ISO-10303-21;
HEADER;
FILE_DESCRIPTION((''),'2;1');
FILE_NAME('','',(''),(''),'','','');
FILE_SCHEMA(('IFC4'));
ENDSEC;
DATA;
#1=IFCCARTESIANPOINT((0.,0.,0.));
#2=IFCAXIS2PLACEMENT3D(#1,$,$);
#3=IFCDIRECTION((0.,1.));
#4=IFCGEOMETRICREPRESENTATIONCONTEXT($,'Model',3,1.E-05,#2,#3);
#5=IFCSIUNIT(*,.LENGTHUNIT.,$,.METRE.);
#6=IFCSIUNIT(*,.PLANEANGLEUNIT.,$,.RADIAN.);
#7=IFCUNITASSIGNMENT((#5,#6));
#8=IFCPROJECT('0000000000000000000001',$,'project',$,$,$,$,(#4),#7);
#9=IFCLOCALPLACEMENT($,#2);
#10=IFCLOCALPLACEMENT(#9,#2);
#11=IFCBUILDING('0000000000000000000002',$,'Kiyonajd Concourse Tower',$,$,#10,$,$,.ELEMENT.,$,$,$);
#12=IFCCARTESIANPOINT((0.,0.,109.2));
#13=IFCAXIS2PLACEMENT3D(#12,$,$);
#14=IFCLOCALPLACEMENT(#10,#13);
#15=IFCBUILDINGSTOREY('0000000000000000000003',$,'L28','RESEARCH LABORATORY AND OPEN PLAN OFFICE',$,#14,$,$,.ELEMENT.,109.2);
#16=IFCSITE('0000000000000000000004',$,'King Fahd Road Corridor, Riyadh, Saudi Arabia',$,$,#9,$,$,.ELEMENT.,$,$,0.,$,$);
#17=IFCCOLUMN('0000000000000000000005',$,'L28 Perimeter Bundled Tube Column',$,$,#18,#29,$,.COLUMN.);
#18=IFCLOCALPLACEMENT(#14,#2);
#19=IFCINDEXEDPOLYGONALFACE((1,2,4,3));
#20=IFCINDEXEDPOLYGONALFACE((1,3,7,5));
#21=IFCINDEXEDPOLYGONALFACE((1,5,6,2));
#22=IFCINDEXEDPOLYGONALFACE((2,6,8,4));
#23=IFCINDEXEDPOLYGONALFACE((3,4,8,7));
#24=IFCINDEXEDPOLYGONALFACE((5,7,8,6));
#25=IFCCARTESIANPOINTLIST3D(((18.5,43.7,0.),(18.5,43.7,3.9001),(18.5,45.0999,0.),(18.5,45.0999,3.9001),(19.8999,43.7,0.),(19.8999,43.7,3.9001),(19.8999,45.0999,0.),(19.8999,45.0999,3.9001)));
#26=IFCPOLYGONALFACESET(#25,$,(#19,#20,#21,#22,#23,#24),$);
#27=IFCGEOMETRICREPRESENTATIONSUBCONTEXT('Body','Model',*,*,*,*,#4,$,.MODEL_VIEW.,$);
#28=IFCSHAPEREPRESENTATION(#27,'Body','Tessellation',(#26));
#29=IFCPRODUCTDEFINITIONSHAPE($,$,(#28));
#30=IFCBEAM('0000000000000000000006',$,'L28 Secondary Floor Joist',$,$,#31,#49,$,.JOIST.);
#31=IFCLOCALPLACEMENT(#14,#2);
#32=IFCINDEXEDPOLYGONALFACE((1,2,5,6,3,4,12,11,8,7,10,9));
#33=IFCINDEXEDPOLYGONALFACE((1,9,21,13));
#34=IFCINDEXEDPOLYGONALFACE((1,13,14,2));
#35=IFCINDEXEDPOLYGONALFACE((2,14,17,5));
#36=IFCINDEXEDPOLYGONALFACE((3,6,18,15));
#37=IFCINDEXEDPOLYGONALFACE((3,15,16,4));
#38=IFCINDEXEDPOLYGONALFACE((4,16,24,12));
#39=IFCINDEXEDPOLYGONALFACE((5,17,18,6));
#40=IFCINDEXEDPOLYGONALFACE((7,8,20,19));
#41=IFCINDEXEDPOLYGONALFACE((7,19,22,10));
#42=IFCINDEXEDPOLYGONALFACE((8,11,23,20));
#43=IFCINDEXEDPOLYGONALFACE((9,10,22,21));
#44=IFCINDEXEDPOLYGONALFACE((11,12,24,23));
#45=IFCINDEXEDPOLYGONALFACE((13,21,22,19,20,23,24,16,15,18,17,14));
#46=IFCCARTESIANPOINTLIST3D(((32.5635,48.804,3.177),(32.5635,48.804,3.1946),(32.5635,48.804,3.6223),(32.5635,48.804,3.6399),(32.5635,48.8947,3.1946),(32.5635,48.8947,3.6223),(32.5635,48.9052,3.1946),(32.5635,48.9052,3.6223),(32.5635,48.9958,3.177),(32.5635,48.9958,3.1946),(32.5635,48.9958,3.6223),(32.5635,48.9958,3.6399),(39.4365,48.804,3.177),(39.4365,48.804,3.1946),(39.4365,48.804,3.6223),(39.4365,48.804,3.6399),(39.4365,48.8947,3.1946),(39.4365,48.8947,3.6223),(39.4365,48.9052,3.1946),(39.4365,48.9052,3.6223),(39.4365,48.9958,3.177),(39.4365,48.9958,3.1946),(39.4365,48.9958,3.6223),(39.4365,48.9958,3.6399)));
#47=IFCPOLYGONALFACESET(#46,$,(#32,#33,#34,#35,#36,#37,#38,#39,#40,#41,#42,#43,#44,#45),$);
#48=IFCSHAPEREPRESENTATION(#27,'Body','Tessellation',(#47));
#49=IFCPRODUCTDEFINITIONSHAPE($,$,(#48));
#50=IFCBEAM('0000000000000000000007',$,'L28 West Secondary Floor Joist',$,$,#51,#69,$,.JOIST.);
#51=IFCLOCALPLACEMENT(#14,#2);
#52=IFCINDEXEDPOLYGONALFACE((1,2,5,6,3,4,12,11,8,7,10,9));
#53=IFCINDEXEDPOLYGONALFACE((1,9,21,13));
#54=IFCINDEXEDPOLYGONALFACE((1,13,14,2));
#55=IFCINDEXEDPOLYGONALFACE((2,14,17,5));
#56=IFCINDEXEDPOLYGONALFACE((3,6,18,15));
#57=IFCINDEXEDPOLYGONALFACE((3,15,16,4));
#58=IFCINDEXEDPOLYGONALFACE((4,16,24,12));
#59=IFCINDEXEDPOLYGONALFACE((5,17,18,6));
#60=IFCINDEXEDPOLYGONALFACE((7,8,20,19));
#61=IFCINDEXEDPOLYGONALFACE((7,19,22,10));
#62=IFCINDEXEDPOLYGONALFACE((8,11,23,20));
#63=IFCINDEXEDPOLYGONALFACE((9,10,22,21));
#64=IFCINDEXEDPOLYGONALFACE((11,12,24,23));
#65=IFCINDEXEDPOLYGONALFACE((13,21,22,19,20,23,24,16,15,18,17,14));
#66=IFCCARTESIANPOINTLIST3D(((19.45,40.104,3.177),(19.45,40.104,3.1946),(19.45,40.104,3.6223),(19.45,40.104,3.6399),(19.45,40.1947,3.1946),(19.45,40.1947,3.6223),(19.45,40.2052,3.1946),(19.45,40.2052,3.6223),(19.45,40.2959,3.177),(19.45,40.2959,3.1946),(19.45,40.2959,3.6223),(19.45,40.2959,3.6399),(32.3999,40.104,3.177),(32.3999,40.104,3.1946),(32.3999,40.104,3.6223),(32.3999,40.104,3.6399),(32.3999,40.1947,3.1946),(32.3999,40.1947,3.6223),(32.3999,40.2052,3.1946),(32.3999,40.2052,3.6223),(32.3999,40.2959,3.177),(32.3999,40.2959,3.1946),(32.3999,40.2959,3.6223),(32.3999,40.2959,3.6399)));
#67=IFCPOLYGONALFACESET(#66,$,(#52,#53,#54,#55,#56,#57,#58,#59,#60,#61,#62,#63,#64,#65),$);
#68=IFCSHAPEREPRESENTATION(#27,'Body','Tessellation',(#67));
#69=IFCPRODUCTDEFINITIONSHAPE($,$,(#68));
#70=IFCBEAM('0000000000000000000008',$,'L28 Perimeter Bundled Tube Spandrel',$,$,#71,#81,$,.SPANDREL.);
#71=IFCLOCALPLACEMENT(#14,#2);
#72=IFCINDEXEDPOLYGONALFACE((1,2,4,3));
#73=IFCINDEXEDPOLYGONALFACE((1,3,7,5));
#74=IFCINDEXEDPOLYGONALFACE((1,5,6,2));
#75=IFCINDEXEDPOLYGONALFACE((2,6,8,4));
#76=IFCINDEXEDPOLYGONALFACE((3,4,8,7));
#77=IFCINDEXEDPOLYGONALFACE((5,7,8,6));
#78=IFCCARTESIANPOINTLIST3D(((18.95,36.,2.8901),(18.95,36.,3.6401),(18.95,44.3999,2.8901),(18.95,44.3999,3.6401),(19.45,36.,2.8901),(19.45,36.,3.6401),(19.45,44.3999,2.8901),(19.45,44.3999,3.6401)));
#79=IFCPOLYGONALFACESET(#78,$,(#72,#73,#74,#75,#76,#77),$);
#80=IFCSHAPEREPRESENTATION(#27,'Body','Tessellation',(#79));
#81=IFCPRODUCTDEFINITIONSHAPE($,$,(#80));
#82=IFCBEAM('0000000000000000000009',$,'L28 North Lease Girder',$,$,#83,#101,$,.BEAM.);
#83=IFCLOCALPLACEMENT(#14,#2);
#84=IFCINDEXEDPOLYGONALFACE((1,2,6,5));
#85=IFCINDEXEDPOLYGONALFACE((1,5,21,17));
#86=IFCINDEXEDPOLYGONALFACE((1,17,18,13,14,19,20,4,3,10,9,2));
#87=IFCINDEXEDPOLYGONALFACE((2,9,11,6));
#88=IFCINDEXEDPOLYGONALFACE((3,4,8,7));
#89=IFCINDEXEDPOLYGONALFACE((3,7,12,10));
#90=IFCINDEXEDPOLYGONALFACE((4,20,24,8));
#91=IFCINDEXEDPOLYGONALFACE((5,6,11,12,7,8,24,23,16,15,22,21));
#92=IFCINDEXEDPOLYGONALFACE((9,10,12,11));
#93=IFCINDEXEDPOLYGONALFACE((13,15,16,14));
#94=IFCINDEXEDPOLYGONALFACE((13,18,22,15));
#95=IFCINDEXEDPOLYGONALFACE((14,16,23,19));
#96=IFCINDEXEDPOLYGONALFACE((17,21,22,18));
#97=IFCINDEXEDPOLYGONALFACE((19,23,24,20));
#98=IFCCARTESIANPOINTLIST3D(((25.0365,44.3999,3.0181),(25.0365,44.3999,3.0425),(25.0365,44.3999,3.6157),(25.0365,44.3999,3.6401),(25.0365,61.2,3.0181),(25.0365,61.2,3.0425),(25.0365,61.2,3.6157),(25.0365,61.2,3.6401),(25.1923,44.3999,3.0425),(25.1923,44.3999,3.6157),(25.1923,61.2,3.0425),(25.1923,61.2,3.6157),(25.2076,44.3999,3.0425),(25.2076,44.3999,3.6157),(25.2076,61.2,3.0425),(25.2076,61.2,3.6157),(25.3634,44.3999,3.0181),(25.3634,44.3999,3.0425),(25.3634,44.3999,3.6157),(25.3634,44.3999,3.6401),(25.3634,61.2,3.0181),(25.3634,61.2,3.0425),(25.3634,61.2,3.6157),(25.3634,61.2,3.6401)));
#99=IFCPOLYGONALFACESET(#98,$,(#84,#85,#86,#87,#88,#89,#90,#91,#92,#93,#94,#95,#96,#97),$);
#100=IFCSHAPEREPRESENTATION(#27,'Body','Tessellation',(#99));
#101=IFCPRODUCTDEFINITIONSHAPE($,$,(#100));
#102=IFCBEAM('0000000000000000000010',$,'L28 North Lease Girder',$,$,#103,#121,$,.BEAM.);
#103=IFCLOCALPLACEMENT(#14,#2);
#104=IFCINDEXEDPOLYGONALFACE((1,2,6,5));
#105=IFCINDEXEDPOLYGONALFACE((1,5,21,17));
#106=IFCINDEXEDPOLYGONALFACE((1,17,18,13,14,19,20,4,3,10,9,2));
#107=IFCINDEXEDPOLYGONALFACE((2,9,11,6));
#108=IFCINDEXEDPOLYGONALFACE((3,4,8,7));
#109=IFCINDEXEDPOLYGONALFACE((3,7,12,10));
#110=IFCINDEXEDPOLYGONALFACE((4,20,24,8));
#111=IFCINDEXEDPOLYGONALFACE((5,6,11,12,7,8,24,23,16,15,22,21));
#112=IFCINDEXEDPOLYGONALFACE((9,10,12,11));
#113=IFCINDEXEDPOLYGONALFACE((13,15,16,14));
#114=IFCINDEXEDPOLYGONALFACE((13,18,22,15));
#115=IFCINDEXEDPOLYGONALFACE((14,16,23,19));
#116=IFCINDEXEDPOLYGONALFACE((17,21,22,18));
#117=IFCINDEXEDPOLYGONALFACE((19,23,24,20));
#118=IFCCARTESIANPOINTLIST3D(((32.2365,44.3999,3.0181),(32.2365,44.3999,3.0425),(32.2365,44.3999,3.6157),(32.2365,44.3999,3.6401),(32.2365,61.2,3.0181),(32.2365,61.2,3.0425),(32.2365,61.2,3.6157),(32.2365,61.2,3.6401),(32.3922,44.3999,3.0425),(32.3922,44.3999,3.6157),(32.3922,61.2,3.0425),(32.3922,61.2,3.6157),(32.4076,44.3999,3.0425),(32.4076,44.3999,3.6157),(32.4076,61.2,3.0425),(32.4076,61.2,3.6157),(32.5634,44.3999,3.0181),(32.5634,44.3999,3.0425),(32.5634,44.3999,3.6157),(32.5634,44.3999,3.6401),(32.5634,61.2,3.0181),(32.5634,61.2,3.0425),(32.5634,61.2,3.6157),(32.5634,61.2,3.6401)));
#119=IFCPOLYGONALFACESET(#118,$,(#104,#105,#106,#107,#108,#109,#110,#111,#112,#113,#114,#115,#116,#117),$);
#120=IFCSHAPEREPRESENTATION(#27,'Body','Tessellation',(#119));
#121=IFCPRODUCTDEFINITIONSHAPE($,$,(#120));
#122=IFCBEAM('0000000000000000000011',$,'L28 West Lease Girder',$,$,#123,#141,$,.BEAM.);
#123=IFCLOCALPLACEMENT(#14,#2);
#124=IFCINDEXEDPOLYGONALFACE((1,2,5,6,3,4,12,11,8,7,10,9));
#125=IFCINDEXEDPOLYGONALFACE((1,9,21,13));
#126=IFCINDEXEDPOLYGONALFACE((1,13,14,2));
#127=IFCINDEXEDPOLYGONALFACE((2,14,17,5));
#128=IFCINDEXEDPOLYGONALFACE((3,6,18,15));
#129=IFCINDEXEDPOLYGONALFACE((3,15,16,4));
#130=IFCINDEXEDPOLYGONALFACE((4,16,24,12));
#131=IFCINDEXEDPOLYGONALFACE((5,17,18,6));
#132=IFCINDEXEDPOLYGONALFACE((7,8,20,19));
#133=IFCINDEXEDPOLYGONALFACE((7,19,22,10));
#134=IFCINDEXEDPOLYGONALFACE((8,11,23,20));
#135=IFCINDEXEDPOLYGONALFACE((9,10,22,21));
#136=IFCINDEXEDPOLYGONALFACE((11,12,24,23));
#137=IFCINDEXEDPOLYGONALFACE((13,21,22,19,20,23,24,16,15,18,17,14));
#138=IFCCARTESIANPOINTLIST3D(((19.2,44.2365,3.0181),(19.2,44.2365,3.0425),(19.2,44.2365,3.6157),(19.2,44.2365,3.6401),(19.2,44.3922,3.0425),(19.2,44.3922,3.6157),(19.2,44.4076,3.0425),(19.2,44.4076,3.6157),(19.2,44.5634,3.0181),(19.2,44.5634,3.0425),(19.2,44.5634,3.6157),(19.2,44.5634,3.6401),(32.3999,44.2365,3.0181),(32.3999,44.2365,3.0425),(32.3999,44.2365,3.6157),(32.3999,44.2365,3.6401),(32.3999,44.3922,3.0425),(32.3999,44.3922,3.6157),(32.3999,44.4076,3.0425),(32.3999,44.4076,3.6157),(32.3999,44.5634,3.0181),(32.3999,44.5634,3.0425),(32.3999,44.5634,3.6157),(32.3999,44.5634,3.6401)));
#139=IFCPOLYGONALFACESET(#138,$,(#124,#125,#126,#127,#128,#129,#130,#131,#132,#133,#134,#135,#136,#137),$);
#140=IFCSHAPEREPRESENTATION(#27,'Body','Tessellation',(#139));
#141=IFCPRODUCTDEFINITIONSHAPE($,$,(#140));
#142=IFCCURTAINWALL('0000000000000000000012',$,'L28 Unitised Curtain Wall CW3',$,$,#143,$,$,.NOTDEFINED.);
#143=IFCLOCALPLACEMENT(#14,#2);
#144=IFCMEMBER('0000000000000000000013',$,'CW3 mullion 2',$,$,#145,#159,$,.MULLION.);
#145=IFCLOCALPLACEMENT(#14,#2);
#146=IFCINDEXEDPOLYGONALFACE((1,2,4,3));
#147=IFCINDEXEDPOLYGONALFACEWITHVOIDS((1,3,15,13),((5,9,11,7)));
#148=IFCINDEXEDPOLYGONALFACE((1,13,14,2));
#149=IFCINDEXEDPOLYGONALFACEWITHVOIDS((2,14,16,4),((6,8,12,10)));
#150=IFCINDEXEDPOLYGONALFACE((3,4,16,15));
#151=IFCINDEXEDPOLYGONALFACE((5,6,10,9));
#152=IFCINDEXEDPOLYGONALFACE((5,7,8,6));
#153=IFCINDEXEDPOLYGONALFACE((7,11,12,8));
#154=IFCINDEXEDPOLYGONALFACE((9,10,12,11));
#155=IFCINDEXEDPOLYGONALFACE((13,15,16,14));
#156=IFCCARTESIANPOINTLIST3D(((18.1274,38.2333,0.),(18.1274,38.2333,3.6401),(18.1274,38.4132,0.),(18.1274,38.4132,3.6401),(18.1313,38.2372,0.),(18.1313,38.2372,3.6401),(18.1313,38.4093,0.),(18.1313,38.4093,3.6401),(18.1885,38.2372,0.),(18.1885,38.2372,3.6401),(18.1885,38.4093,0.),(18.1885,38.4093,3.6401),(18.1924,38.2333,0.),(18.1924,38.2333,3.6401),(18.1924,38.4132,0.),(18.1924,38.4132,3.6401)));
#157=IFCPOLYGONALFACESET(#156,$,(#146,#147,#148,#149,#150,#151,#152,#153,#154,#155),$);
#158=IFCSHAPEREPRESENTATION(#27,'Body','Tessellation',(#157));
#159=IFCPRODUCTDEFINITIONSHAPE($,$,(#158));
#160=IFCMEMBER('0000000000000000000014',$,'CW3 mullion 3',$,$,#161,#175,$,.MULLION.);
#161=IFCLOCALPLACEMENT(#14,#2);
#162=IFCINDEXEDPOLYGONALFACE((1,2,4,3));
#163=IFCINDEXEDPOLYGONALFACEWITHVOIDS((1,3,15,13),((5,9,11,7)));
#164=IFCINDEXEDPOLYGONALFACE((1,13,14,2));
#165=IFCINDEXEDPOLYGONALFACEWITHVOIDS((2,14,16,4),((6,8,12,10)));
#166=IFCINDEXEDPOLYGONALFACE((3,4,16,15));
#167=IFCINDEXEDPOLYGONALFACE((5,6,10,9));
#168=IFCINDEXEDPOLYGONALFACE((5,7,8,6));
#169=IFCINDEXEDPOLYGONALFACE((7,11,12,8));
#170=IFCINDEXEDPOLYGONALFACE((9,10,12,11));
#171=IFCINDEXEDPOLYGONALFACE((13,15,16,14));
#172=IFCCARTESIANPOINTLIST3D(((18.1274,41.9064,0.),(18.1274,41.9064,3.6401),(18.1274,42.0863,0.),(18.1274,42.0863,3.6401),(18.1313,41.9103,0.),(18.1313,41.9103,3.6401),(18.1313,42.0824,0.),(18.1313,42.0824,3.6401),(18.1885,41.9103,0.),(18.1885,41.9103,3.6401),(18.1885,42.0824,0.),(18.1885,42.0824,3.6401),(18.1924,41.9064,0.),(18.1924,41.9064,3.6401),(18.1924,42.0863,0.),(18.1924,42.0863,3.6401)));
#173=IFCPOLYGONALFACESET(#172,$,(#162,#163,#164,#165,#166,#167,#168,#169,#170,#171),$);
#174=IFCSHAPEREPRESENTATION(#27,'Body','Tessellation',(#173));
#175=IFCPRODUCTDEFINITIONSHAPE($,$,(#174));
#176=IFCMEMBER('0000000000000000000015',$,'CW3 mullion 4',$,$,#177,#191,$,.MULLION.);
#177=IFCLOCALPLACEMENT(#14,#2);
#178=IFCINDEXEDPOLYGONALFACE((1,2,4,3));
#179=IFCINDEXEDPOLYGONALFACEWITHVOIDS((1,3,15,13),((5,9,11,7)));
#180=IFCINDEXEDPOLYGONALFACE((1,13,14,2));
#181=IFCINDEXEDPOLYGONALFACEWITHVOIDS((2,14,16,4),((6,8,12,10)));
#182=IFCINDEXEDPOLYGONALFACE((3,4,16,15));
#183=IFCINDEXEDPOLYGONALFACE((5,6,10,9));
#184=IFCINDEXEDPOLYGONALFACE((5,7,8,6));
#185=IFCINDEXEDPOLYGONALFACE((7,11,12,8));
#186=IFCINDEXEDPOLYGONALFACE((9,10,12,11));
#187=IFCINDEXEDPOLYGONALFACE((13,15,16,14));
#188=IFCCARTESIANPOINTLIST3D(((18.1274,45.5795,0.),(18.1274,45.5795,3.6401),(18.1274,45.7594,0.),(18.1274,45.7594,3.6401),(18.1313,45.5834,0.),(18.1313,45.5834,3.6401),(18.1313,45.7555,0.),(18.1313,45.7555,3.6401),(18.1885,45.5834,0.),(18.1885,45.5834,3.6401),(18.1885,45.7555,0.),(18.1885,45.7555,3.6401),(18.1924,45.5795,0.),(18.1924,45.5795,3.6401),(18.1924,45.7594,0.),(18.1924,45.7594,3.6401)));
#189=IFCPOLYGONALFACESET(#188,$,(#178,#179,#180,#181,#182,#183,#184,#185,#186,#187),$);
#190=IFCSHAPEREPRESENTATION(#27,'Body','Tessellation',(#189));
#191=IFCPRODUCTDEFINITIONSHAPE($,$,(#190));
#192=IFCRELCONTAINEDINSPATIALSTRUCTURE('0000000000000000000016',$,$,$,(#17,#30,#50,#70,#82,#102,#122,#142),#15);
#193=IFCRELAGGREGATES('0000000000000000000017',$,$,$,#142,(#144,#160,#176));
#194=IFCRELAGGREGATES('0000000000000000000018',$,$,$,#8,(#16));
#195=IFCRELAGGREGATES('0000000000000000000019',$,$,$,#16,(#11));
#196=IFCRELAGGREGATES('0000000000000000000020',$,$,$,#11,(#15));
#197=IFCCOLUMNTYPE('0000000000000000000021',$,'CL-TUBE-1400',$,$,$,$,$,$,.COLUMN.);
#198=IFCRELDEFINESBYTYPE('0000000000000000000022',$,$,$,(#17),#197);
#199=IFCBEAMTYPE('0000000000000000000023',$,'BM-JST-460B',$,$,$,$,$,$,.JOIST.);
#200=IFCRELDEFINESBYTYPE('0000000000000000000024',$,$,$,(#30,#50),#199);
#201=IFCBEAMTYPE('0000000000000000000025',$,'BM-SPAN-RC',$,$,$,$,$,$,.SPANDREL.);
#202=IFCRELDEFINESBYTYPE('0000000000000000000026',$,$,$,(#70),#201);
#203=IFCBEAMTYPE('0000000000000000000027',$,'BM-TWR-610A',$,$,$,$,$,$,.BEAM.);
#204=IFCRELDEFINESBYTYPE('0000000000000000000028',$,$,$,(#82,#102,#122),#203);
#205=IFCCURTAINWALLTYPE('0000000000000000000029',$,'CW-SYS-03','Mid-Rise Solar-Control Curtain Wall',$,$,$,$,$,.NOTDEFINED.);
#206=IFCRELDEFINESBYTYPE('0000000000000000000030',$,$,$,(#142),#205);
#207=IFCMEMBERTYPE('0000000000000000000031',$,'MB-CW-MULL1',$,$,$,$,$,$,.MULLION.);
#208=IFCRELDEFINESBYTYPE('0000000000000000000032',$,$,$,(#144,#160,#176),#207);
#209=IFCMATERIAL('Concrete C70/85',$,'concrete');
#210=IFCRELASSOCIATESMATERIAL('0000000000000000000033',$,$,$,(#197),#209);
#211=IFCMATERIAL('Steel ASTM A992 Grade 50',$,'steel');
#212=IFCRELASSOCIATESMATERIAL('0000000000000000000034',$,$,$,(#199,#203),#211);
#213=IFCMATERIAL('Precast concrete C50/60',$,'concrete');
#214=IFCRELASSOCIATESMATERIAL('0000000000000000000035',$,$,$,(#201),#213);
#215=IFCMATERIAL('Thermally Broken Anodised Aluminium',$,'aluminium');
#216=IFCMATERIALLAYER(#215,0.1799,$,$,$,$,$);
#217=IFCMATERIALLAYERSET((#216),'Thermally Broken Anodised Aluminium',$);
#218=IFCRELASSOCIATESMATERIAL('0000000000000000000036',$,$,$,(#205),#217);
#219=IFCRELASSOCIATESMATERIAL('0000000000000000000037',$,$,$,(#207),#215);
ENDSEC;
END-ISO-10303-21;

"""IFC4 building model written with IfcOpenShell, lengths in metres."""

from ifc_helpers import new_model, si_unit, direction, frame, origin, origin_2d, place, context, subcontext, project, spatial, rectangle, hollow_rectangle, i_section, extrude, material, layer, layer_set, material_profile, profile_set, type_object, element, aggregate, save


model = new_model("IFC4")

# Units and contexts
model_context = context("Model", 3, precision=1e-05, world=origin(), true_north=direction((0.0, 1.0)))
body_context = subcontext(model_context, "Body", "Model", "MODEL_VIEW")
ifc_project = project(units=[si_unit("LENGTHUNIT", "METRE"), si_unit("PLANEANGLEUNIT", "RADIAN")], contexts=[model_context])

# Site, building, storey
site_placement = place(None, origin())
site = spatial("IfcSite", under=ifc_project, at=site_placement, Name="King Fahd Road Corridor, Riyadh, Saudi Arabia", CompositionType="ELEMENT", RefElevation=0.0)
building_placement = place(site_placement, origin())
building = spatial("IfcBuilding", under=site, at=building_placement, Name="Kiyonajd Concourse Tower", CompositionType="ELEMENT")
storey_placement = place(building_placement, frame((0.0, 0.0, 109.2)))
storey = spatial("IfcBuildingStorey", under=building, at=storey_placement, Name="L28", Description="RESEARCH LABORATORY AND OPEN PLAN OFFICE", CompositionType="ELEMENT", Elevation=109.2)

# Column
ifc_material_1 = material(Name="Concrete C70/85", Category="concrete")
ifc_material_profile_1 = material_profile(ifc_material_1, rectangle(XDim=1.3999, YDim=1.3999, at=origin_2d()), Name="RC-1400x1400")
ifc_profile_set_1 = profile_set([ifc_material_profile_1], Name="Concrete C70/85")
column_type = type_object("IfcColumnType", Name="CL-TUBE-1400", PredefinedType="COLUMN", material=ifc_profile_set_1)
column_placement = place(storey_placement, frame((19.2, 44.3999, 0.0), z_axis=(0.0, 0.0, 1.0), x_axis=(1.0, 0.0, 0.0)))
element("IfcColumn", 1, at=column_placement, inside=storey, type_object=column_type, Name="L28 Perimeter Bundled Tube Column", PredefinedType="COLUMN", context=body_context, shape_type="SweptSolid", body=[
    extrude(rectangle(XDim=1.3999, YDim=1.3999, at=origin_2d()), origin(), (0.0, 0.0, 1.0), 3.9001),
])

# Beams
ifc_material_2 = material(Name="Steel ASTM A992 Grade 50", Category="steel")
ifc_material_profile_2 = material_profile(ifc_material_2, i_section(OverallWidth=0.1919, OverallDepth=0.4629, WebThickness=0.0105, FlangeThickness=0.0176, at=origin_2d()), Name="W460X89")
ifc_profile_set_2 = profile_set([ifc_material_profile_2], Name="Steel ASTM A992 Grade 50")
beam_type_1 = type_object("IfcBeamType", Name="BM-JST-460B", PredefinedType="JOIST", material=ifc_profile_set_2)
beam_1_placement = place(storey_placement, frame((32.5635, 48.8999, 3.4084), z_axis=(1.0, 0.0, 0.0), x_axis=(0.0, 1.0, 0.0)))
element("IfcBeam", 2, at=beam_1_placement, inside=storey, type_object=beam_type_1, Name="L28 Secondary Floor Joist", PredefinedType="JOIST", context=body_context, shape_type="SweptSolid", body=[
    extrude(i_section(OverallWidth=0.1919, OverallDepth=0.4629, WebThickness=0.0105, FlangeThickness=0.0176, at=origin_2d()), origin(), (0.0, 0.0, 1.0), 6.873),
])
beam_2_placement = place(storey_placement, frame((19.45, 40.2, 3.4084), z_axis=(1.0, 0.0, 0.0), x_axis=(0.0, 1.0, 0.0)))
element("IfcBeam", 3, at=beam_2_placement, inside=storey, type_object=beam_type_1, Name="L28 West Secondary Floor Joist", PredefinedType="JOIST", context=body_context, shape_type="SweptSolid", body=[
    extrude(i_section(OverallWidth=0.1919, OverallDepth=0.4629, WebThickness=0.0105, FlangeThickness=0.0176, at=origin_2d()), origin(), (0.0, 0.0, 1.0), 12.95),
])
ifc_material_3 = material(Name="Precast concrete C50/60", Category="concrete")
ifc_material_profile_3 = material_profile(ifc_material_3, rectangle(XDim=0.5, YDim=0.75, at=origin_2d()), Name="RCBM-500x750")
ifc_profile_set_3 = profile_set([ifc_material_profile_3], Name="Precast concrete C50/60")
beam_type_2 = type_object("IfcBeamType", Name="BM-SPAN-RC", PredefinedType="SPANDREL", material=ifc_profile_set_3)
beam_3_placement = place(storey_placement, frame((19.2, 44.3999, 3.2651), z_axis=(0.0, -1.0, 0.0), x_axis=(1.0, 0.0, 0.0)))
element("IfcBeam", 4, at=beam_3_placement, inside=storey, type_object=beam_type_2, Name="L28 Perimeter Bundled Tube Spandrel", PredefinedType="SPANDREL", context=body_context, shape_type="SweptSolid", body=[
    extrude(rectangle(XDim=0.5, YDim=0.75, at=origin_2d()), origin(), (0.0, 0.0, 1.0), 8.3999),
])
ifc_material_profile_4 = material_profile(ifc_material_2, i_section(OverallWidth=0.3269, OverallDepth=0.6221, WebThickness=0.0154, FlangeThickness=0.0244, at=origin_2d()), Name="W610X195")
ifc_profile_set_4 = profile_set([ifc_material_profile_4], Name="Steel ASTM A992 Grade 50")
beam_type_3 = type_object("IfcBeamType", Name="BM-TWR-610A", PredefinedType="BEAM", material=ifc_profile_set_4)
for number, where, z_axis, x_axis, name in (
    (5, (25.2, 44.3999, 3.3291), (0.0, 1.0, 0.0), (-1.0, 0.0, 0.0), "L28 North Lease Girder"),
    (6, (32.3999, 44.3999, 3.3291), (0.0, 1.0, 0.0), (-1.0, 0.0, 0.0), "L28 North Lease Girder"),
):
    element("IfcBeam", number, at=place(storey_placement, frame(where, z_axis=z_axis, x_axis=x_axis)), inside=storey, type_object=beam_type_3, Name=name, PredefinedType="BEAM", context=body_context, shape_type="SweptSolid", body=[
        extrude(i_section(OverallWidth=0.3269, OverallDepth=0.6221, WebThickness=0.0154, FlangeThickness=0.0244, at=origin_2d()), origin(), (0.0, 0.0, 1.0), 16.8),
    ])
beam_4_placement = place(storey_placement, frame((19.2, 44.3999, 3.3291), z_axis=(1.0, 0.0, 0.0), x_axis=(0.0, 1.0, 0.0)))
element("IfcBeam", 7, at=beam_4_placement, inside=storey, type_object=beam_type_3, Name="L28 West Lease Girder", PredefinedType="BEAM", context=body_context, shape_type="SweptSolid", body=[
    extrude(i_section(OverallWidth=0.3269, OverallDepth=0.6221, WebThickness=0.0154, FlangeThickness=0.0244, at=origin_2d()), origin(), (0.0, 0.0, 1.0), 13.2),
])

# Curtain wall, members
ifc_material_4 = material(Name="Thermally Broken Anodised Aluminium", Category="aluminium")
ifc_layer_1 = layer(ifc_material_4, 0.1799)
ifc_layer_set_1 = layer_set([ifc_layer_1], Name="Thermally Broken Anodised Aluminium")
curtain_wall_type = type_object("IfcCurtainWallType", Name="CW-SYS-03", Description="Mid-Rise Solar-Control Curtain Wall", PredefinedType="NOTDEFINED", material=ifc_layer_set_1)
curtain_wall_placement = place(storey_placement, origin())
curtain_wall = element("IfcCurtainWall", 8, at=curtain_wall_placement, inside=storey, type_object=curtain_wall_type, Name="L28 Unitised Curtain Wall CW3", PredefinedType="NOTDEFINED")
ifc_material_profile_5 = material_profile(ifc_material_4, hollow_rectangle(XDim=0.0649, YDim=0.1799, WallThickness=0.0039, at=origin_2d()), Name="MULL-65x180")
ifc_profile_set_5 = profile_set([ifc_material_profile_5], Name="Thermally Broken Anodised Aluminium")
member_type_1 = type_object("IfcMemberType", Name="MB-CW-MULL1", PredefinedType="MULLION", material=ifc_profile_set_5)
member_1_placement = place(storey_placement, frame((18.1599, 38.3232, 0.0), z_axis=(0.0, 0.0, 1.0), x_axis=(-1.0, 0.0, 0.0)))
member_1 = element("IfcMember", 9, at=member_1_placement, type_object=member_type_1, Name="CW3 mullion 2", PredefinedType="MULLION", context=body_context, shape_type="SweptSolid", body=[
    extrude(hollow_rectangle(XDim=0.0649, YDim=0.1799, WallThickness=0.0039, at=origin_2d()), origin(), (0.0, 0.0, 1.0), 3.6401),
])
member_2_placement = place(storey_placement, frame((18.1599, 41.9963, 0.0), z_axis=(0.0, 0.0, 1.0), x_axis=(-1.0, 0.0, 0.0)))
member_2 = element("IfcMember", 10, at=member_2_placement, type_object=member_type_1, Name="CW3 mullion 3", PredefinedType="MULLION", context=body_context, shape_type="SweptSolid", body=[
    extrude(hollow_rectangle(XDim=0.0649, YDim=0.1799, WallThickness=0.0039, at=origin_2d()), origin(), (0.0, 0.0, 1.0), 3.6401),
])
member_3_placement = place(storey_placement, frame((18.1599, 45.6694, 0.0), z_axis=(0.0, 0.0, 1.0), x_axis=(-1.0, 0.0, 0.0)))
member_3 = element("IfcMember", 11, at=member_3_placement, type_object=member_type_1, Name="CW3 mullion 4", PredefinedType="MULLION", context=body_context, shape_type="SweptSolid", body=[
    extrude(hollow_rectangle(XDim=0.0649, YDim=0.1799, WallThickness=0.0039, at=origin_2d()), origin(), (0.0, 0.0, 1.0), 3.6401),
])
aggregate(curtain_wall, [member_1, member_2, member_3])

save(model, "model.ifc")
